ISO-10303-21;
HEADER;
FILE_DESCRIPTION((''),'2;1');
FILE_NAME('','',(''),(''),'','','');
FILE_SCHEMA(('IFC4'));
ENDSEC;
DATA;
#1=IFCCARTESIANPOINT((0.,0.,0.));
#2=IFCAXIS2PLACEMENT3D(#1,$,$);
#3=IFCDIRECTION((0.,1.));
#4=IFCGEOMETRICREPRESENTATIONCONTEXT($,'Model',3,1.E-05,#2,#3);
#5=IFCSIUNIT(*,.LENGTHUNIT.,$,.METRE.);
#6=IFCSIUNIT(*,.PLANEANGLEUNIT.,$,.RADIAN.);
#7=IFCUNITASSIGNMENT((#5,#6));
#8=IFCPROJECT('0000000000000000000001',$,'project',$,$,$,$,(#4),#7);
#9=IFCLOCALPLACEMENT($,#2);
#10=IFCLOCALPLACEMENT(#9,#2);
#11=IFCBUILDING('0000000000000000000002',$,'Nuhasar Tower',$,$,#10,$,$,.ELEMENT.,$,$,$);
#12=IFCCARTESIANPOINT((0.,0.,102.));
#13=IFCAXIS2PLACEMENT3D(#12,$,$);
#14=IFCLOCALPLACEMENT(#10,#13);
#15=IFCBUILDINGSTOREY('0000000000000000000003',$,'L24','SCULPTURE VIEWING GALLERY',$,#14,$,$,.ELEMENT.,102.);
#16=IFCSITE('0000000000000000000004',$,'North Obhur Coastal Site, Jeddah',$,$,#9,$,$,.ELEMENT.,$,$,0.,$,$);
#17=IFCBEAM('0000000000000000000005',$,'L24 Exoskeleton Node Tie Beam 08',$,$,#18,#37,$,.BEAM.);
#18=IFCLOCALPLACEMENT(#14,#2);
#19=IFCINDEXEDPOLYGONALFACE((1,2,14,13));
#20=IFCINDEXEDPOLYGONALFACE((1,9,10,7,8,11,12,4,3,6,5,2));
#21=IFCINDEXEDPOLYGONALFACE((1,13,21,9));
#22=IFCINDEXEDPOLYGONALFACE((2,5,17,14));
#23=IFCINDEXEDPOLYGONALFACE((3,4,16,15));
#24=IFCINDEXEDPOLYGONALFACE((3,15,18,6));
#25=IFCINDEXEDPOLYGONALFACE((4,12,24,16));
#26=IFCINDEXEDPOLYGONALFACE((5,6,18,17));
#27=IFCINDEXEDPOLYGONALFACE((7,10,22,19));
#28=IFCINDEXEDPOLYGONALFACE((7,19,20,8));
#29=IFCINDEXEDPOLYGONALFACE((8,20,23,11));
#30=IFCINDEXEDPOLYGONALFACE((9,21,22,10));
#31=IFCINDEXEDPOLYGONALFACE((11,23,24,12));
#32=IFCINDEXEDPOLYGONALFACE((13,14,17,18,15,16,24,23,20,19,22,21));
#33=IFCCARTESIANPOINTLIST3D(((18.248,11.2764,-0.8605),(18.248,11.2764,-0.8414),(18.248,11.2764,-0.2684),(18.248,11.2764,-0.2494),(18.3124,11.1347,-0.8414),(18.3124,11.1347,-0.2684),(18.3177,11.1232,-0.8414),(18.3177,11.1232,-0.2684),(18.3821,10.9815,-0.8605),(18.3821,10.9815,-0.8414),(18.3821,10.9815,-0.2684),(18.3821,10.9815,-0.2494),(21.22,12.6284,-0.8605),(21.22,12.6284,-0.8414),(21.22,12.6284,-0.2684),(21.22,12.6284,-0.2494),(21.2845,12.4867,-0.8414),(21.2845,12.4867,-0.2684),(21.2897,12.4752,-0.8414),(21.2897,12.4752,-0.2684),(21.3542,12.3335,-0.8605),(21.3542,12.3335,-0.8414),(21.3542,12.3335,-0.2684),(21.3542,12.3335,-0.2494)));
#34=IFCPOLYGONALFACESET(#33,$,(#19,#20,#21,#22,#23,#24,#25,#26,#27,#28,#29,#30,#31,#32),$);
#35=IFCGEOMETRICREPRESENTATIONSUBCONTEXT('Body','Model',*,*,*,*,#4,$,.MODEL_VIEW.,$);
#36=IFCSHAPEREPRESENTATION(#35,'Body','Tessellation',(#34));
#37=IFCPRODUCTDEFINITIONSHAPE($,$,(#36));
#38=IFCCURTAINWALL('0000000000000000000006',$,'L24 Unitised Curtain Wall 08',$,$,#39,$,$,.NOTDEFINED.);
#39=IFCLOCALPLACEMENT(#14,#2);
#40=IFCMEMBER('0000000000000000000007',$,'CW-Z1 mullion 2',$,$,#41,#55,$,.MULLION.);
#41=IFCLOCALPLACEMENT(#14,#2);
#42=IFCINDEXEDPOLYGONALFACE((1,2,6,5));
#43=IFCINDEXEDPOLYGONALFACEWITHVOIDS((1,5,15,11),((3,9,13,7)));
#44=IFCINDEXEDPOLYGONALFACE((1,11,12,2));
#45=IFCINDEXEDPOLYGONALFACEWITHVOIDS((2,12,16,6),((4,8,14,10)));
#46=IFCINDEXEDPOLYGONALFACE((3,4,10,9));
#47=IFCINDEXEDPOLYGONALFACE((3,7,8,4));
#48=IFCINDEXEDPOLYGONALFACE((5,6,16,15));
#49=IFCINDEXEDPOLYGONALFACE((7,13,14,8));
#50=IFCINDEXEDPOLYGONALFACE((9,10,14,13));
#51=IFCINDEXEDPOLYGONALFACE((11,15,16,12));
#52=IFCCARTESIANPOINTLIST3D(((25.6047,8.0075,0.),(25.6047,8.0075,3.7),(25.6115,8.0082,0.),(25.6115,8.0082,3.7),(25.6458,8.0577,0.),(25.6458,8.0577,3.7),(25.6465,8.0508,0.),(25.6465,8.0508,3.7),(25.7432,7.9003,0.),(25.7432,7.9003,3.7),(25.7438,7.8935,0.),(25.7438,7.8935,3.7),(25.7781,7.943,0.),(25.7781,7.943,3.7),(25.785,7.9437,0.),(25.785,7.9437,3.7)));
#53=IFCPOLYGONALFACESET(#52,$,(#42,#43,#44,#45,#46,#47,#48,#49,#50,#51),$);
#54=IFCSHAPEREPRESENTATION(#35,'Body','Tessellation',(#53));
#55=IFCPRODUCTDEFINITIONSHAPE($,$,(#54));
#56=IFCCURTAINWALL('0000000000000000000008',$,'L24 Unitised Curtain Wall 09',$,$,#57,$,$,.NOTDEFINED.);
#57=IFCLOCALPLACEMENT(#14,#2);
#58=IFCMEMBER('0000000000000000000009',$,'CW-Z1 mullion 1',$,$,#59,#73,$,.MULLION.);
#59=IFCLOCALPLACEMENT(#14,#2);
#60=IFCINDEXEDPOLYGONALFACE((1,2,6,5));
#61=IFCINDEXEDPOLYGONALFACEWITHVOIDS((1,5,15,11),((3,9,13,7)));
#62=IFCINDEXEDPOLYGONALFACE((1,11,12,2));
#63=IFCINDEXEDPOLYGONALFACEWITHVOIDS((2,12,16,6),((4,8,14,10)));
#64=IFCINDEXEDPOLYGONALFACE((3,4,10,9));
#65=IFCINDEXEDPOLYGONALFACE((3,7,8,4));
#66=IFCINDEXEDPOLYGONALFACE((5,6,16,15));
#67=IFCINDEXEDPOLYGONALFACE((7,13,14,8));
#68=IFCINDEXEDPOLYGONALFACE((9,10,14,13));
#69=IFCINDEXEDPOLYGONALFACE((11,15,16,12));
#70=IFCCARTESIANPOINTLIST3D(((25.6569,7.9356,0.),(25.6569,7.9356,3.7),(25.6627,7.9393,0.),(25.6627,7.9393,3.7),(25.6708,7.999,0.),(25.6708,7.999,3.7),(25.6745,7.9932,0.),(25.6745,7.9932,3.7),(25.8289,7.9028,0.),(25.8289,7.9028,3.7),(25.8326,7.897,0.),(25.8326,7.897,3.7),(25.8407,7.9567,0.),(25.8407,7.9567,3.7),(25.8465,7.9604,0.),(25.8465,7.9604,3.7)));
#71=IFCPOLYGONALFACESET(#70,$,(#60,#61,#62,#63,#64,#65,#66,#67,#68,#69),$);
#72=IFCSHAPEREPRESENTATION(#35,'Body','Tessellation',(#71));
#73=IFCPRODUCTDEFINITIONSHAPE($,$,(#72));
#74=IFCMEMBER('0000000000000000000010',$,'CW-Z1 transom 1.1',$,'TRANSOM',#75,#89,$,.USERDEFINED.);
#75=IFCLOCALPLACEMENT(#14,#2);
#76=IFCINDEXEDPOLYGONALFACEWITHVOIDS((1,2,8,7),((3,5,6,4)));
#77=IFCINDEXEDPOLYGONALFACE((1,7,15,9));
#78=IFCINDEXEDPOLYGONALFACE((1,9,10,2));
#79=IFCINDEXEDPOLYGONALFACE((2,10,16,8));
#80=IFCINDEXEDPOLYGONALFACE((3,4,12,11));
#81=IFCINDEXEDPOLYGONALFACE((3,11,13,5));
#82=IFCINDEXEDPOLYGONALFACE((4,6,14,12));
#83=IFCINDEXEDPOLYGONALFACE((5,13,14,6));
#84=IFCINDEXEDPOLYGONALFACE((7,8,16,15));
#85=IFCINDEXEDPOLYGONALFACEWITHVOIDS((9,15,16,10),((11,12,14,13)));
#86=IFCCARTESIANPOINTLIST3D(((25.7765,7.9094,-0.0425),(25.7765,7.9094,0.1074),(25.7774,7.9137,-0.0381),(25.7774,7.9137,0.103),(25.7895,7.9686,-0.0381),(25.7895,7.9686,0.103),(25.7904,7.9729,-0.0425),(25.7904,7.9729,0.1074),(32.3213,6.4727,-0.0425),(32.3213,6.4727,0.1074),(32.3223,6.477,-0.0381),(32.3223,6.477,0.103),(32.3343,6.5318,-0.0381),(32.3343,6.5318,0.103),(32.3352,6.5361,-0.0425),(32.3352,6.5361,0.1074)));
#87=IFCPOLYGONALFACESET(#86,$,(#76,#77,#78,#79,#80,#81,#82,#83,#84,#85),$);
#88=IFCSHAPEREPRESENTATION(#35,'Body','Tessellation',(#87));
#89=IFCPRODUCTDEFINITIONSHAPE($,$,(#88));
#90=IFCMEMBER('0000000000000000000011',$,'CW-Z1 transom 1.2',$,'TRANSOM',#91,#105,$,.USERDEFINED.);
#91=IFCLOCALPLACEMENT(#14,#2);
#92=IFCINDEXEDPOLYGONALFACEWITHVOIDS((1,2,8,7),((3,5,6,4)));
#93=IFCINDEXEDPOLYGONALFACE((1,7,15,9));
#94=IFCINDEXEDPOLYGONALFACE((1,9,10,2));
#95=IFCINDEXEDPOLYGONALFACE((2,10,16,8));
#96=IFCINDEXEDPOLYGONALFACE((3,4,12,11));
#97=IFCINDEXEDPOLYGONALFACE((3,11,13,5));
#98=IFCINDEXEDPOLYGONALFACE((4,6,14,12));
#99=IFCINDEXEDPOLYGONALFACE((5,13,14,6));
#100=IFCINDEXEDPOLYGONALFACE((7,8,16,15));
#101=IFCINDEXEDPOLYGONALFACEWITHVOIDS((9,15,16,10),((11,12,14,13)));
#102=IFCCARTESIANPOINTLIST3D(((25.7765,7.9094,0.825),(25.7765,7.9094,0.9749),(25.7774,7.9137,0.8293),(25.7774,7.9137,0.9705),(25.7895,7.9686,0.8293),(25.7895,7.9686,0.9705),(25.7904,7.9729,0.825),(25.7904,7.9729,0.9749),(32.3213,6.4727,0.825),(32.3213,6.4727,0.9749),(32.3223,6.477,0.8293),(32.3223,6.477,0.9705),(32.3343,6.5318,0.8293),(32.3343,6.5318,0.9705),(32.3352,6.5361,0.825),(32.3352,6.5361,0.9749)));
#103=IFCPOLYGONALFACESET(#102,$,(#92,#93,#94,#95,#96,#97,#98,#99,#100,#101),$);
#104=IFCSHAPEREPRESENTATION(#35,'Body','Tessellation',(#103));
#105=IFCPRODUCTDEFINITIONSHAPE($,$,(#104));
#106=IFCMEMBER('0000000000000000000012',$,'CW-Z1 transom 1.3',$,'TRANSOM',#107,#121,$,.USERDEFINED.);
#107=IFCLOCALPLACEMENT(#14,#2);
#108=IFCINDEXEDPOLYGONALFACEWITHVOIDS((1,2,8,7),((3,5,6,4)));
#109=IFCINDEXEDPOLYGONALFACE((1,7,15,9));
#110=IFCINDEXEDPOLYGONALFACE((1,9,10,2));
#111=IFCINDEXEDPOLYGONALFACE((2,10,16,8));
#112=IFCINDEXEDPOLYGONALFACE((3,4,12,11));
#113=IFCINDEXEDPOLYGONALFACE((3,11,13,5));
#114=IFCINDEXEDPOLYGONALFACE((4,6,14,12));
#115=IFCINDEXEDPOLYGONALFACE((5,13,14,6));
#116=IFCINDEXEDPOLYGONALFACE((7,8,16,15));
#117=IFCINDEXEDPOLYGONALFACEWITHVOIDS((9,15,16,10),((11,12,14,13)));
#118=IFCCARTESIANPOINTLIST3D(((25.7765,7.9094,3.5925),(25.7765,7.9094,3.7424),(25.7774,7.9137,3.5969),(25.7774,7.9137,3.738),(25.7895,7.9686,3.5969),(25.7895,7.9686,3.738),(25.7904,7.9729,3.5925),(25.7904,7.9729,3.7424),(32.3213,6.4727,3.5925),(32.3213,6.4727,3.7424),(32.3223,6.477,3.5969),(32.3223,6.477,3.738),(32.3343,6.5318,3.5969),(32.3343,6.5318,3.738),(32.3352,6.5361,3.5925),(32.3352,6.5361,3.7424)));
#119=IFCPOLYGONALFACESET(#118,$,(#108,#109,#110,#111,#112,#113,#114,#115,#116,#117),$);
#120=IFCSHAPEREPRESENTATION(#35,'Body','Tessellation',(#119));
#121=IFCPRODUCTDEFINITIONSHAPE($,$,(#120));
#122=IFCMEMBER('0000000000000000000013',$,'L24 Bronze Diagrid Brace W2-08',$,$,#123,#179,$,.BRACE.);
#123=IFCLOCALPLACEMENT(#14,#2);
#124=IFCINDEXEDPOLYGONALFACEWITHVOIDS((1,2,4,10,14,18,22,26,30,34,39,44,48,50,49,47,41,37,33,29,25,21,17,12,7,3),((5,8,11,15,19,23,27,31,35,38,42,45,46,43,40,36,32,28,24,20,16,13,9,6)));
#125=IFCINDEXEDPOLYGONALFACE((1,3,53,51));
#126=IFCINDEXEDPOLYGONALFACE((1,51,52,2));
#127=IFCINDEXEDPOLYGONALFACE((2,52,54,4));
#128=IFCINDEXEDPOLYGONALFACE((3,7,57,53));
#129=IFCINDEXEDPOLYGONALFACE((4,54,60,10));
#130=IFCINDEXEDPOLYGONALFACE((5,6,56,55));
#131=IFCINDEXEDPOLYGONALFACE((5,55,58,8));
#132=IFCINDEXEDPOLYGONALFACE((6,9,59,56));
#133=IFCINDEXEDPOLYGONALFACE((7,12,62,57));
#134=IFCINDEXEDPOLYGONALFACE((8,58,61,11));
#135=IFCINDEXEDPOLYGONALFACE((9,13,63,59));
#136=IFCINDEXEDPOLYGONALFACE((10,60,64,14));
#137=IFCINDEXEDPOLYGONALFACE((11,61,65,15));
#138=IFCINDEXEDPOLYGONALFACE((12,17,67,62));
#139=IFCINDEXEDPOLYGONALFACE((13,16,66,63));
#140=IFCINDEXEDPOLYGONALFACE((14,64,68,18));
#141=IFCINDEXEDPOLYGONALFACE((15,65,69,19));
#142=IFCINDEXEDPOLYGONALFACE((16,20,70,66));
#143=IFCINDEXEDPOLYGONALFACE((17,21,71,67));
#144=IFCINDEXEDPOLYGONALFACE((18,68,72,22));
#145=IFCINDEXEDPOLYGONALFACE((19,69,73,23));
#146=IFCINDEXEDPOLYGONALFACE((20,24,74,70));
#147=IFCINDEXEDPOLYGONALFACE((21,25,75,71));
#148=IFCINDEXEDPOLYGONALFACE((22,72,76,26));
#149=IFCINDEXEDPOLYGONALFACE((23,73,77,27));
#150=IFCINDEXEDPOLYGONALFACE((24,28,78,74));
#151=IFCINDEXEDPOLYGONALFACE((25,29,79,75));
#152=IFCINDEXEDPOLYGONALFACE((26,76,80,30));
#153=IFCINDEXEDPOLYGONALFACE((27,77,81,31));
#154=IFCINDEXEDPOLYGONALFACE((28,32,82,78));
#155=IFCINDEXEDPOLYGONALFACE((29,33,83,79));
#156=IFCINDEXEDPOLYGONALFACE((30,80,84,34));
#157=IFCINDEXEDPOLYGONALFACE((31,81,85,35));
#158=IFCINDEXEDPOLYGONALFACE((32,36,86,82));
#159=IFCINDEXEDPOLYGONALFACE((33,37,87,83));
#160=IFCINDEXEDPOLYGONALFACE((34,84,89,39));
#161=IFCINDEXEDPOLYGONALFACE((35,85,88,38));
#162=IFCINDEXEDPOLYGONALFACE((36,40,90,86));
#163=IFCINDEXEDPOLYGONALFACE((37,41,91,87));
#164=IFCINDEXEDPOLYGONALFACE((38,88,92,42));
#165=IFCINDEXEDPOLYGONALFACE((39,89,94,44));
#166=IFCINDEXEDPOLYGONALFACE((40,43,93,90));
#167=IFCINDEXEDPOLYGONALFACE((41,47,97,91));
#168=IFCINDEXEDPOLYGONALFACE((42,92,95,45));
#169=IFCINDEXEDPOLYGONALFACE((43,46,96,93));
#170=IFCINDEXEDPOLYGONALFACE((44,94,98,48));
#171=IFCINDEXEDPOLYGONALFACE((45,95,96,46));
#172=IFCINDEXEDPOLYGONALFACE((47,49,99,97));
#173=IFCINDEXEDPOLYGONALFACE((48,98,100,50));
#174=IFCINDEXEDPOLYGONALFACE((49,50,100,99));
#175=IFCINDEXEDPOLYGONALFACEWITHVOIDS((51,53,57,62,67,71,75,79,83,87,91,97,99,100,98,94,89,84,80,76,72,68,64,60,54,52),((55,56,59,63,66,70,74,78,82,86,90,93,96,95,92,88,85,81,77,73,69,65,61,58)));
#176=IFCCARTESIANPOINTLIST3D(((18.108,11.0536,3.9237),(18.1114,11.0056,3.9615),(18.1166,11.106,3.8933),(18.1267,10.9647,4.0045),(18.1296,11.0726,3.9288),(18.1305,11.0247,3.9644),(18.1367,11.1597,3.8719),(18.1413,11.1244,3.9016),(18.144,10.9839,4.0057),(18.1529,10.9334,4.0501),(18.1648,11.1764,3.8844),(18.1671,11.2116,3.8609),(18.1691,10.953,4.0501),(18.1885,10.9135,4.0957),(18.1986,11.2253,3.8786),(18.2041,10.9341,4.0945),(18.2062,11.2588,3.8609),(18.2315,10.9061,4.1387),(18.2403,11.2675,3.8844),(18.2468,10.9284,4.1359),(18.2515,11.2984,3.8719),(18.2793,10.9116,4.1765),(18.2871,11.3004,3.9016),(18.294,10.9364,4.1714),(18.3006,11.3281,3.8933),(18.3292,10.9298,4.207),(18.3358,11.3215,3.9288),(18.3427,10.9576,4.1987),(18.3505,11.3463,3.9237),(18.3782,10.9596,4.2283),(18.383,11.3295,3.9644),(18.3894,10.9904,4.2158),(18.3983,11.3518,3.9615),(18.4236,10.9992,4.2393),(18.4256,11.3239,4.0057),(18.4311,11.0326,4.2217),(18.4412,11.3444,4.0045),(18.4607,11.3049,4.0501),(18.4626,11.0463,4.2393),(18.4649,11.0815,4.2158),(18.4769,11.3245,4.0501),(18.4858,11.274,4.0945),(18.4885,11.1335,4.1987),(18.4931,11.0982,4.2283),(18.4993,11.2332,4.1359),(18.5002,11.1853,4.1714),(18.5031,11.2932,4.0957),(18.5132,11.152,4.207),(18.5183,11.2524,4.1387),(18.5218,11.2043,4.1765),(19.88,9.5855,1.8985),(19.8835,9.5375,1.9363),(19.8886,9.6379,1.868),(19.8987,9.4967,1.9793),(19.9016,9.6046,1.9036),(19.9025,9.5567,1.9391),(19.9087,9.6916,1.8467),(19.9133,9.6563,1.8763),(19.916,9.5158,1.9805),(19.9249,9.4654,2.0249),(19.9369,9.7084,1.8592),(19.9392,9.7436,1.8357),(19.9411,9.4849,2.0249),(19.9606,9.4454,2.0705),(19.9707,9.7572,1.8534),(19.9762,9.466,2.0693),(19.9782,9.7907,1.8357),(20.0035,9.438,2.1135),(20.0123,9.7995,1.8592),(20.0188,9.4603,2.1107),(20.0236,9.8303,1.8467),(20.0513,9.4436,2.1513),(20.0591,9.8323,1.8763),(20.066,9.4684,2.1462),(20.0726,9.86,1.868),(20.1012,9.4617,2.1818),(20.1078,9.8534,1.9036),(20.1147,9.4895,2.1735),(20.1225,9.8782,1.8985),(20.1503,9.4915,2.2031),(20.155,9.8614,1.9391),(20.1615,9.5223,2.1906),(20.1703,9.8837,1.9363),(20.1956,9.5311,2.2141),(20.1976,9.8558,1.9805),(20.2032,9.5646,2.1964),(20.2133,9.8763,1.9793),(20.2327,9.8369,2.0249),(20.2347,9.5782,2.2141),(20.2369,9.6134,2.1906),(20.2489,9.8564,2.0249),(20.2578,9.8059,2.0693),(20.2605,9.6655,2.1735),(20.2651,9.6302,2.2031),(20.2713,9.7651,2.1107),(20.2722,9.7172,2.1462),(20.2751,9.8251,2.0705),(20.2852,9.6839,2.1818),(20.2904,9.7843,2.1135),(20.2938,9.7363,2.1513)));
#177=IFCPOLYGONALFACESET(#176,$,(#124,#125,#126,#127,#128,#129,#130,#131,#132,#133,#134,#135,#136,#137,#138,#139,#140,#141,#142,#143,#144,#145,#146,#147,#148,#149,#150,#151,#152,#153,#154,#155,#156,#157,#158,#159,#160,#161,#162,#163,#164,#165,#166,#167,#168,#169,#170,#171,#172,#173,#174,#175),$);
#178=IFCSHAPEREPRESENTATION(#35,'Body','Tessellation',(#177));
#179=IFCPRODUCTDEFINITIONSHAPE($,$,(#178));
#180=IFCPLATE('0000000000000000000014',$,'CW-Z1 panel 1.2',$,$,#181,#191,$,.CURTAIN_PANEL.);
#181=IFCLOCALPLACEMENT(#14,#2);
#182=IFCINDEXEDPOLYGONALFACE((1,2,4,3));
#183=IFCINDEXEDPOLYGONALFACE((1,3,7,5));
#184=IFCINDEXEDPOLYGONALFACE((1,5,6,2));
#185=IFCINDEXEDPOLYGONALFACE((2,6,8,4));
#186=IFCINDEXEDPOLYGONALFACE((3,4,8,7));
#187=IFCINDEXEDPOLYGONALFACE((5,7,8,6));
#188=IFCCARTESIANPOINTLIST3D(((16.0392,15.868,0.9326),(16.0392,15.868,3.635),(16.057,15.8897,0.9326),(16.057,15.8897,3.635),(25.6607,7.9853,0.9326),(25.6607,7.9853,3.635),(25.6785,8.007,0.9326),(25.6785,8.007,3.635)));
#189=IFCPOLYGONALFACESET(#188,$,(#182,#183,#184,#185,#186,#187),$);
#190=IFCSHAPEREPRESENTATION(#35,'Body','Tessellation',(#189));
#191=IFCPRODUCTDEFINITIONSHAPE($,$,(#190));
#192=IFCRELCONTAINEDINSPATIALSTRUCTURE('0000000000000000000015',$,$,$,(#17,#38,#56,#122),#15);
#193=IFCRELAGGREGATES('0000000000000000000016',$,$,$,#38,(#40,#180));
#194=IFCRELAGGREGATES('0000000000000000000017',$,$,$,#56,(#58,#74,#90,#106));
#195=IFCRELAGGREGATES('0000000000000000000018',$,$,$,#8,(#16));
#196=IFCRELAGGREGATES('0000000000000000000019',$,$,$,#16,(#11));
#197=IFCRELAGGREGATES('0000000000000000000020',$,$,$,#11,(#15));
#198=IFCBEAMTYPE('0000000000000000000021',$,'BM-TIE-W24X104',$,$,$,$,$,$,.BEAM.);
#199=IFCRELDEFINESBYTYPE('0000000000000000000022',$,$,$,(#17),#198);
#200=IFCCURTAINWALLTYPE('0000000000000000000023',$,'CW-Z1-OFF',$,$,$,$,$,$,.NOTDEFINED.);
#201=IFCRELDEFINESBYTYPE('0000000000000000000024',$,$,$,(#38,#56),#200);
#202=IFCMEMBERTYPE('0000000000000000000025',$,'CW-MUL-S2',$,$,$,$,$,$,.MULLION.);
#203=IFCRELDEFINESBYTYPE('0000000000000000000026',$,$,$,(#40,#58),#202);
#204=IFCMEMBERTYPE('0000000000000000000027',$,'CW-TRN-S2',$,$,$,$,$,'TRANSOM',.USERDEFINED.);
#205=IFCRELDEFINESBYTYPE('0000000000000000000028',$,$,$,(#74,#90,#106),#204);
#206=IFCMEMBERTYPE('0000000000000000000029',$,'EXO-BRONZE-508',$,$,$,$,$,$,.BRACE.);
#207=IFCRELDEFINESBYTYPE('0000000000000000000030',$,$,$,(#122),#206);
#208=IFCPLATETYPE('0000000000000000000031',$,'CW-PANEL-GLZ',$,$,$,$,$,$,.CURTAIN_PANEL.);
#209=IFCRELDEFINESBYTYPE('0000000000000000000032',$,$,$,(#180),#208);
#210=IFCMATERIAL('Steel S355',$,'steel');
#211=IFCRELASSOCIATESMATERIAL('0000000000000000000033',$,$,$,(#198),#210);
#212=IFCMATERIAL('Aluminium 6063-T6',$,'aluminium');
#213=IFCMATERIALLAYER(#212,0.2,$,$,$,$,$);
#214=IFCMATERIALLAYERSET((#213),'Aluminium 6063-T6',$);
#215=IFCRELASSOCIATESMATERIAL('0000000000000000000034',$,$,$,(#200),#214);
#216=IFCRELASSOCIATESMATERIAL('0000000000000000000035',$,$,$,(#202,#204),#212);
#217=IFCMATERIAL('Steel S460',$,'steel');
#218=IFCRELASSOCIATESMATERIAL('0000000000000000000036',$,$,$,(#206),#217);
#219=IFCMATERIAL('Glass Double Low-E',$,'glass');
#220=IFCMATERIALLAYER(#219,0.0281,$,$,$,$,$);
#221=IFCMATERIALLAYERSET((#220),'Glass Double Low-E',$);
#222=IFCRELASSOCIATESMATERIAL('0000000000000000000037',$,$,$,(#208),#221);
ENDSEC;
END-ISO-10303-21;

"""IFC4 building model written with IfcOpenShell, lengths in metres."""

from ifc_helpers import new_model, si_unit, direction, frame, origin, origin_2d, place, context, subcontext, project, spatial, rectangle, hollow_rectangle, hollow_circle, i_section, extrude, material, layer, layer_set, material_profile, profile_set, type_object, element, aggregate, save


model = new_model("IFC4")

# Units and contexts
model_context = context("Model", 3, precision=1e-05, world=origin(), true_north=direction((0.0, 1.0)))
body_context = subcontext(model_context, "Body", "Model", "MODEL_VIEW")
ifc_project = project(units=[si_unit("LENGTHUNIT", "METRE"), si_unit("PLANEANGLEUNIT", "RADIAN")], contexts=[model_context])

# Site, building, storey
site_placement = place(None, origin())
site = spatial("IfcSite", under=ifc_project, at=site_placement, Name="North Obhur Coastal Site, Jeddah", CompositionType="ELEMENT", RefElevation=0.0)
building_placement = place(site_placement, origin())
building = spatial("IfcBuilding", under=site, at=building_placement, Name="Nuhasar Tower", CompositionType="ELEMENT")
storey_placement = place(building_placement, frame((0.0, 0.0, 102.0)))
storey = spatial("IfcBuildingStorey", under=building, at=storey_placement, Name="L24", Description="SCULPTURE VIEWING GALLERY", CompositionType="ELEMENT", Elevation=102.0)

# Beam
ifc_material_1 = material(Name="Steel S355", Category="steel")
ifc_material_profile_1 = material_profile(ifc_material_1, i_section(OverallWidth=0.324, OverallDepth=0.6111, WebThickness=0.0127, FlangeThickness=0.019, at=origin_2d()), Name="W24X104")
ifc_profile_set_1 = profile_set([ifc_material_profile_1], Name="Steel S355")
beam_type_1 = type_object("IfcBeamType", Name="BM-TIE-W24X104", PredefinedType="BEAM", material=ifc_profile_set_1)
beam_1_placement = place(storey_placement, frame((21.2871, 12.481, -0.5549), z_axis=(-0.910244, -0.414073, 0.0), x_axis=(0.414073, -0.910244, 0.0)))
element("IfcBeam", 1, at=beam_1_placement, inside=storey, type_object=beam_type_1, Name="L24 Exoskeleton Node Tie Beam 08", PredefinedType="BEAM", context=body_context, shape_type="SweptSolid", body=[
    extrude(i_section(OverallWidth=0.324, OverallDepth=0.6111, WebThickness=0.0127, FlangeThickness=0.019, at=origin_2d()), origin(), (0.0, 0.0, 1.0), 3.2651),
])

# Curtain wall, member
ifc_material_2 = material(Name="Aluminium 6063-T6", Category="aluminium")
ifc_layer_1 = layer(ifc_material_2, 0.2)
ifc_layer_set_1 = layer_set([ifc_layer_1], Name="Aluminium 6063-T6")
curtain_wall_type = type_object("IfcCurtainWallType", Name="CW-Z1-OFF", PredefinedType="NOTDEFINED", material=ifc_layer_set_1)
curtain_wall_1_placement = place(storey_placement, origin())
curtain_wall_1 = element("IfcCurtainWall", 2, at=curtain_wall_1_placement, inside=storey, type_object=curtain_wall_type, Name="L24 Unitised Curtain Wall 08", PredefinedType="NOTDEFINED")
ifc_material_profile_2 = material_profile(ifc_material_2, hollow_rectangle(XDim=0.0649, YDim=0.1799, WallThickness=0.0049, at=origin_2d()), Name="CWM-2")
ifc_profile_set_2 = profile_set([ifc_material_profile_2], Name="Aluminium 6063-T6")
member_type_1 = type_object("IfcMemberType", Name="CW-MUL-S2", PredefinedType="MULLION", material=ifc_profile_set_2)
member_1_placement = place(storey_placement, frame((25.6948, 7.9756, 0.0), z_axis=(0.0, 0.0, 1.0), x_axis=(0.633745, 0.773542, 0.0)))
member_1 = element("IfcMember", 3, at=member_1_placement, type_object=member_type_1, Name="CW-Z1 mullion 2", PredefinedType="MULLION", context=body_context, shape_type="SweptSolid", body=[
    extrude(hollow_rectangle(XDim=0.0649, YDim=0.1799, WallThickness=0.0049, at=origin_2d()), origin(), (0.0, 0.0, 1.0), 3.7),
])

# Curtain wall, members
curtain_wall_2_placement = place(storey_placement, origin())
curtain_wall_2 = element("IfcCurtainWall", 4, at=curtain_wall_2_placement, inside=storey, type_object=curtain_wall_type, Name="L24 Unitised Curtain Wall 09", PredefinedType="NOTDEFINED")
member_2_placement = place(storey_placement, frame((25.7517, 7.948, 0.0), z_axis=(0.0, 0.0, 1.0), x_axis=(0.214399, 0.976746, 0.0)))
member_2 = element("IfcMember", 5, at=member_2_placement, type_object=member_type_1, Name="CW-Z1 mullion 1", PredefinedType="MULLION", context=body_context, shape_type="SweptSolid", body=[
    extrude(hollow_rectangle(XDim=0.0649, YDim=0.1799, WallThickness=0.0049, at=origin_2d()), origin(), (0.0, 0.0, 1.0), 3.7),
])
ifc_material_profile_3 = material_profile(ifc_material_2, hollow_rectangle(XDim=0.0649, YDim=0.1499, WallThickness=0.0044, at=origin_2d()), Name="CWT-2")
ifc_profile_set_3 = profile_set([ifc_material_profile_3], Name="Aluminium 6063-T6")
member_type_2 = type_object("IfcMemberType", Name="CW-TRN-S2", ElementType="TRANSOM", PredefinedType="USERDEFINED", material=ifc_profile_set_3)
member_3_placement = place(storey_placement, frame((25.7834, 7.9412, 0.0325), z_axis=(0.976742, -0.214418, 0.0), x_axis=(0.214418, 0.976742, 0.0)))
member_3 = element("IfcMember", 6, at=member_3_placement, type_object=member_type_2, Name="CW-Z1 transom 1.1", ObjectType="TRANSOM", PredefinedType="USERDEFINED", context=body_context, shape_type="SweptSolid", body=[
    extrude(hollow_rectangle(XDim=0.0649, YDim=0.1499, WallThickness=0.0044, at=origin_2d()), origin(), (0.0, 0.0, 1.0), 6.7007),
])
member_4_placement = place(storey_placement, frame((25.7834, 7.9412, 0.8999), z_axis=(0.976742, -0.214418, 0.0), x_axis=(0.214418, 0.976742, 0.0)))
member_4 = element("IfcMember", 7, at=member_4_placement, type_object=member_type_2, Name="CW-Z1 transom 1.2", ObjectType="TRANSOM", PredefinedType="USERDEFINED", context=body_context, shape_type="SweptSolid", body=[
    extrude(hollow_rectangle(XDim=0.0649, YDim=0.1499, WallThickness=0.0044, at=origin_2d()), origin(), (0.0, 0.0, 1.0), 6.7007),
])
member_5_placement = place(storey_placement, frame((25.7834, 7.9412, 3.6675), z_axis=(0.976742, -0.214418, 0.0), x_axis=(0.214418, 0.976742, 0.0)))
member_5 = element("IfcMember", 8, at=member_5_placement, type_object=member_type_2, Name="CW-Z1 transom 1.3", ObjectType="TRANSOM", PredefinedType="USERDEFINED", context=body_context, shape_type="SweptSolid", body=[
    extrude(hollow_rectangle(XDim=0.0649, YDim=0.1499, WallThickness=0.0044, at=origin_2d()), origin(), (0.0, 0.0, 1.0), 6.7007),
])

# Member
ifc_material_3 = material(Name="Steel S460", Category="steel")
ifc_material_profile_4 = material_profile(ifc_material_3, hollow_circle(Radius=0.2539, WallThickness=0.0254, at=origin_2d()), Name="HSS508X25.4")
ifc_profile_set_4 = profile_set([ifc_material_profile_4], Name="Steel S460")
member_type_3 = type_object("IfcMemberType", Name="EXO-BRONZE-508", PredefinedType="BRACE", material=ifc_profile_set_4)
member_6_placement = place(storey_placement, frame((20.0869, 9.6609, 2.0249), z_axis=(-0.578071, 0.478912, 0.660664), x_axis=(-0.637969, -0.770062, 0.0)))
element("IfcMember", 9, at=member_6_placement, inside=storey, type_object=member_type_3, Name="L24 Bronze Diagrid Brace W2-08", PredefinedType="BRACE", context=body_context, shape_type="SweptSolid", body=[
    extrude(hollow_circle(Radius=0.2539, WallThickness=0.0254, at=origin_2d()), origin(), (0.0, 0.0, 1.0), 3.0654),
])

# Plate
ifc_material_4 = material(Name="Glass Double Low-E", Category="glass")
ifc_layer_2 = layer(ifc_material_4, 0.0281)
ifc_layer_set_2 = layer_set([ifc_layer_2], Name="Glass Double Low-E")
plate_type_1 = type_object("IfcPlateType", Name="CW-PANEL-GLZ", PredefinedType="CURTAIN_PANEL", material=ifc_layer_set_2)
plate_1_placement = place(storey_placement, frame((20.8589, 11.9375, 0.9326), z_axis=(0.0, 0.0, 1.0), x_axis=(0.773542, -0.633745, 0.0)))
plate_1 = element("IfcPlate", 10, at=plate_1_placement, type_object=plate_type_1, Name="CW-Z1 panel 1.2", PredefinedType="CURTAIN_PANEL", context=body_context, shape_type="SweptSolid", body=[
    extrude(rectangle(XDim=12.4382, YDim=0.0281, at=origin_2d()), origin(), (0.0, 0.0, 1.0), 2.7024),
])
aggregate(curtain_wall_1, [member_1, plate_1])
aggregate(curtain_wall_2, [member_2, member_3, member_4, member_5])

save(model, "model.ifc")
